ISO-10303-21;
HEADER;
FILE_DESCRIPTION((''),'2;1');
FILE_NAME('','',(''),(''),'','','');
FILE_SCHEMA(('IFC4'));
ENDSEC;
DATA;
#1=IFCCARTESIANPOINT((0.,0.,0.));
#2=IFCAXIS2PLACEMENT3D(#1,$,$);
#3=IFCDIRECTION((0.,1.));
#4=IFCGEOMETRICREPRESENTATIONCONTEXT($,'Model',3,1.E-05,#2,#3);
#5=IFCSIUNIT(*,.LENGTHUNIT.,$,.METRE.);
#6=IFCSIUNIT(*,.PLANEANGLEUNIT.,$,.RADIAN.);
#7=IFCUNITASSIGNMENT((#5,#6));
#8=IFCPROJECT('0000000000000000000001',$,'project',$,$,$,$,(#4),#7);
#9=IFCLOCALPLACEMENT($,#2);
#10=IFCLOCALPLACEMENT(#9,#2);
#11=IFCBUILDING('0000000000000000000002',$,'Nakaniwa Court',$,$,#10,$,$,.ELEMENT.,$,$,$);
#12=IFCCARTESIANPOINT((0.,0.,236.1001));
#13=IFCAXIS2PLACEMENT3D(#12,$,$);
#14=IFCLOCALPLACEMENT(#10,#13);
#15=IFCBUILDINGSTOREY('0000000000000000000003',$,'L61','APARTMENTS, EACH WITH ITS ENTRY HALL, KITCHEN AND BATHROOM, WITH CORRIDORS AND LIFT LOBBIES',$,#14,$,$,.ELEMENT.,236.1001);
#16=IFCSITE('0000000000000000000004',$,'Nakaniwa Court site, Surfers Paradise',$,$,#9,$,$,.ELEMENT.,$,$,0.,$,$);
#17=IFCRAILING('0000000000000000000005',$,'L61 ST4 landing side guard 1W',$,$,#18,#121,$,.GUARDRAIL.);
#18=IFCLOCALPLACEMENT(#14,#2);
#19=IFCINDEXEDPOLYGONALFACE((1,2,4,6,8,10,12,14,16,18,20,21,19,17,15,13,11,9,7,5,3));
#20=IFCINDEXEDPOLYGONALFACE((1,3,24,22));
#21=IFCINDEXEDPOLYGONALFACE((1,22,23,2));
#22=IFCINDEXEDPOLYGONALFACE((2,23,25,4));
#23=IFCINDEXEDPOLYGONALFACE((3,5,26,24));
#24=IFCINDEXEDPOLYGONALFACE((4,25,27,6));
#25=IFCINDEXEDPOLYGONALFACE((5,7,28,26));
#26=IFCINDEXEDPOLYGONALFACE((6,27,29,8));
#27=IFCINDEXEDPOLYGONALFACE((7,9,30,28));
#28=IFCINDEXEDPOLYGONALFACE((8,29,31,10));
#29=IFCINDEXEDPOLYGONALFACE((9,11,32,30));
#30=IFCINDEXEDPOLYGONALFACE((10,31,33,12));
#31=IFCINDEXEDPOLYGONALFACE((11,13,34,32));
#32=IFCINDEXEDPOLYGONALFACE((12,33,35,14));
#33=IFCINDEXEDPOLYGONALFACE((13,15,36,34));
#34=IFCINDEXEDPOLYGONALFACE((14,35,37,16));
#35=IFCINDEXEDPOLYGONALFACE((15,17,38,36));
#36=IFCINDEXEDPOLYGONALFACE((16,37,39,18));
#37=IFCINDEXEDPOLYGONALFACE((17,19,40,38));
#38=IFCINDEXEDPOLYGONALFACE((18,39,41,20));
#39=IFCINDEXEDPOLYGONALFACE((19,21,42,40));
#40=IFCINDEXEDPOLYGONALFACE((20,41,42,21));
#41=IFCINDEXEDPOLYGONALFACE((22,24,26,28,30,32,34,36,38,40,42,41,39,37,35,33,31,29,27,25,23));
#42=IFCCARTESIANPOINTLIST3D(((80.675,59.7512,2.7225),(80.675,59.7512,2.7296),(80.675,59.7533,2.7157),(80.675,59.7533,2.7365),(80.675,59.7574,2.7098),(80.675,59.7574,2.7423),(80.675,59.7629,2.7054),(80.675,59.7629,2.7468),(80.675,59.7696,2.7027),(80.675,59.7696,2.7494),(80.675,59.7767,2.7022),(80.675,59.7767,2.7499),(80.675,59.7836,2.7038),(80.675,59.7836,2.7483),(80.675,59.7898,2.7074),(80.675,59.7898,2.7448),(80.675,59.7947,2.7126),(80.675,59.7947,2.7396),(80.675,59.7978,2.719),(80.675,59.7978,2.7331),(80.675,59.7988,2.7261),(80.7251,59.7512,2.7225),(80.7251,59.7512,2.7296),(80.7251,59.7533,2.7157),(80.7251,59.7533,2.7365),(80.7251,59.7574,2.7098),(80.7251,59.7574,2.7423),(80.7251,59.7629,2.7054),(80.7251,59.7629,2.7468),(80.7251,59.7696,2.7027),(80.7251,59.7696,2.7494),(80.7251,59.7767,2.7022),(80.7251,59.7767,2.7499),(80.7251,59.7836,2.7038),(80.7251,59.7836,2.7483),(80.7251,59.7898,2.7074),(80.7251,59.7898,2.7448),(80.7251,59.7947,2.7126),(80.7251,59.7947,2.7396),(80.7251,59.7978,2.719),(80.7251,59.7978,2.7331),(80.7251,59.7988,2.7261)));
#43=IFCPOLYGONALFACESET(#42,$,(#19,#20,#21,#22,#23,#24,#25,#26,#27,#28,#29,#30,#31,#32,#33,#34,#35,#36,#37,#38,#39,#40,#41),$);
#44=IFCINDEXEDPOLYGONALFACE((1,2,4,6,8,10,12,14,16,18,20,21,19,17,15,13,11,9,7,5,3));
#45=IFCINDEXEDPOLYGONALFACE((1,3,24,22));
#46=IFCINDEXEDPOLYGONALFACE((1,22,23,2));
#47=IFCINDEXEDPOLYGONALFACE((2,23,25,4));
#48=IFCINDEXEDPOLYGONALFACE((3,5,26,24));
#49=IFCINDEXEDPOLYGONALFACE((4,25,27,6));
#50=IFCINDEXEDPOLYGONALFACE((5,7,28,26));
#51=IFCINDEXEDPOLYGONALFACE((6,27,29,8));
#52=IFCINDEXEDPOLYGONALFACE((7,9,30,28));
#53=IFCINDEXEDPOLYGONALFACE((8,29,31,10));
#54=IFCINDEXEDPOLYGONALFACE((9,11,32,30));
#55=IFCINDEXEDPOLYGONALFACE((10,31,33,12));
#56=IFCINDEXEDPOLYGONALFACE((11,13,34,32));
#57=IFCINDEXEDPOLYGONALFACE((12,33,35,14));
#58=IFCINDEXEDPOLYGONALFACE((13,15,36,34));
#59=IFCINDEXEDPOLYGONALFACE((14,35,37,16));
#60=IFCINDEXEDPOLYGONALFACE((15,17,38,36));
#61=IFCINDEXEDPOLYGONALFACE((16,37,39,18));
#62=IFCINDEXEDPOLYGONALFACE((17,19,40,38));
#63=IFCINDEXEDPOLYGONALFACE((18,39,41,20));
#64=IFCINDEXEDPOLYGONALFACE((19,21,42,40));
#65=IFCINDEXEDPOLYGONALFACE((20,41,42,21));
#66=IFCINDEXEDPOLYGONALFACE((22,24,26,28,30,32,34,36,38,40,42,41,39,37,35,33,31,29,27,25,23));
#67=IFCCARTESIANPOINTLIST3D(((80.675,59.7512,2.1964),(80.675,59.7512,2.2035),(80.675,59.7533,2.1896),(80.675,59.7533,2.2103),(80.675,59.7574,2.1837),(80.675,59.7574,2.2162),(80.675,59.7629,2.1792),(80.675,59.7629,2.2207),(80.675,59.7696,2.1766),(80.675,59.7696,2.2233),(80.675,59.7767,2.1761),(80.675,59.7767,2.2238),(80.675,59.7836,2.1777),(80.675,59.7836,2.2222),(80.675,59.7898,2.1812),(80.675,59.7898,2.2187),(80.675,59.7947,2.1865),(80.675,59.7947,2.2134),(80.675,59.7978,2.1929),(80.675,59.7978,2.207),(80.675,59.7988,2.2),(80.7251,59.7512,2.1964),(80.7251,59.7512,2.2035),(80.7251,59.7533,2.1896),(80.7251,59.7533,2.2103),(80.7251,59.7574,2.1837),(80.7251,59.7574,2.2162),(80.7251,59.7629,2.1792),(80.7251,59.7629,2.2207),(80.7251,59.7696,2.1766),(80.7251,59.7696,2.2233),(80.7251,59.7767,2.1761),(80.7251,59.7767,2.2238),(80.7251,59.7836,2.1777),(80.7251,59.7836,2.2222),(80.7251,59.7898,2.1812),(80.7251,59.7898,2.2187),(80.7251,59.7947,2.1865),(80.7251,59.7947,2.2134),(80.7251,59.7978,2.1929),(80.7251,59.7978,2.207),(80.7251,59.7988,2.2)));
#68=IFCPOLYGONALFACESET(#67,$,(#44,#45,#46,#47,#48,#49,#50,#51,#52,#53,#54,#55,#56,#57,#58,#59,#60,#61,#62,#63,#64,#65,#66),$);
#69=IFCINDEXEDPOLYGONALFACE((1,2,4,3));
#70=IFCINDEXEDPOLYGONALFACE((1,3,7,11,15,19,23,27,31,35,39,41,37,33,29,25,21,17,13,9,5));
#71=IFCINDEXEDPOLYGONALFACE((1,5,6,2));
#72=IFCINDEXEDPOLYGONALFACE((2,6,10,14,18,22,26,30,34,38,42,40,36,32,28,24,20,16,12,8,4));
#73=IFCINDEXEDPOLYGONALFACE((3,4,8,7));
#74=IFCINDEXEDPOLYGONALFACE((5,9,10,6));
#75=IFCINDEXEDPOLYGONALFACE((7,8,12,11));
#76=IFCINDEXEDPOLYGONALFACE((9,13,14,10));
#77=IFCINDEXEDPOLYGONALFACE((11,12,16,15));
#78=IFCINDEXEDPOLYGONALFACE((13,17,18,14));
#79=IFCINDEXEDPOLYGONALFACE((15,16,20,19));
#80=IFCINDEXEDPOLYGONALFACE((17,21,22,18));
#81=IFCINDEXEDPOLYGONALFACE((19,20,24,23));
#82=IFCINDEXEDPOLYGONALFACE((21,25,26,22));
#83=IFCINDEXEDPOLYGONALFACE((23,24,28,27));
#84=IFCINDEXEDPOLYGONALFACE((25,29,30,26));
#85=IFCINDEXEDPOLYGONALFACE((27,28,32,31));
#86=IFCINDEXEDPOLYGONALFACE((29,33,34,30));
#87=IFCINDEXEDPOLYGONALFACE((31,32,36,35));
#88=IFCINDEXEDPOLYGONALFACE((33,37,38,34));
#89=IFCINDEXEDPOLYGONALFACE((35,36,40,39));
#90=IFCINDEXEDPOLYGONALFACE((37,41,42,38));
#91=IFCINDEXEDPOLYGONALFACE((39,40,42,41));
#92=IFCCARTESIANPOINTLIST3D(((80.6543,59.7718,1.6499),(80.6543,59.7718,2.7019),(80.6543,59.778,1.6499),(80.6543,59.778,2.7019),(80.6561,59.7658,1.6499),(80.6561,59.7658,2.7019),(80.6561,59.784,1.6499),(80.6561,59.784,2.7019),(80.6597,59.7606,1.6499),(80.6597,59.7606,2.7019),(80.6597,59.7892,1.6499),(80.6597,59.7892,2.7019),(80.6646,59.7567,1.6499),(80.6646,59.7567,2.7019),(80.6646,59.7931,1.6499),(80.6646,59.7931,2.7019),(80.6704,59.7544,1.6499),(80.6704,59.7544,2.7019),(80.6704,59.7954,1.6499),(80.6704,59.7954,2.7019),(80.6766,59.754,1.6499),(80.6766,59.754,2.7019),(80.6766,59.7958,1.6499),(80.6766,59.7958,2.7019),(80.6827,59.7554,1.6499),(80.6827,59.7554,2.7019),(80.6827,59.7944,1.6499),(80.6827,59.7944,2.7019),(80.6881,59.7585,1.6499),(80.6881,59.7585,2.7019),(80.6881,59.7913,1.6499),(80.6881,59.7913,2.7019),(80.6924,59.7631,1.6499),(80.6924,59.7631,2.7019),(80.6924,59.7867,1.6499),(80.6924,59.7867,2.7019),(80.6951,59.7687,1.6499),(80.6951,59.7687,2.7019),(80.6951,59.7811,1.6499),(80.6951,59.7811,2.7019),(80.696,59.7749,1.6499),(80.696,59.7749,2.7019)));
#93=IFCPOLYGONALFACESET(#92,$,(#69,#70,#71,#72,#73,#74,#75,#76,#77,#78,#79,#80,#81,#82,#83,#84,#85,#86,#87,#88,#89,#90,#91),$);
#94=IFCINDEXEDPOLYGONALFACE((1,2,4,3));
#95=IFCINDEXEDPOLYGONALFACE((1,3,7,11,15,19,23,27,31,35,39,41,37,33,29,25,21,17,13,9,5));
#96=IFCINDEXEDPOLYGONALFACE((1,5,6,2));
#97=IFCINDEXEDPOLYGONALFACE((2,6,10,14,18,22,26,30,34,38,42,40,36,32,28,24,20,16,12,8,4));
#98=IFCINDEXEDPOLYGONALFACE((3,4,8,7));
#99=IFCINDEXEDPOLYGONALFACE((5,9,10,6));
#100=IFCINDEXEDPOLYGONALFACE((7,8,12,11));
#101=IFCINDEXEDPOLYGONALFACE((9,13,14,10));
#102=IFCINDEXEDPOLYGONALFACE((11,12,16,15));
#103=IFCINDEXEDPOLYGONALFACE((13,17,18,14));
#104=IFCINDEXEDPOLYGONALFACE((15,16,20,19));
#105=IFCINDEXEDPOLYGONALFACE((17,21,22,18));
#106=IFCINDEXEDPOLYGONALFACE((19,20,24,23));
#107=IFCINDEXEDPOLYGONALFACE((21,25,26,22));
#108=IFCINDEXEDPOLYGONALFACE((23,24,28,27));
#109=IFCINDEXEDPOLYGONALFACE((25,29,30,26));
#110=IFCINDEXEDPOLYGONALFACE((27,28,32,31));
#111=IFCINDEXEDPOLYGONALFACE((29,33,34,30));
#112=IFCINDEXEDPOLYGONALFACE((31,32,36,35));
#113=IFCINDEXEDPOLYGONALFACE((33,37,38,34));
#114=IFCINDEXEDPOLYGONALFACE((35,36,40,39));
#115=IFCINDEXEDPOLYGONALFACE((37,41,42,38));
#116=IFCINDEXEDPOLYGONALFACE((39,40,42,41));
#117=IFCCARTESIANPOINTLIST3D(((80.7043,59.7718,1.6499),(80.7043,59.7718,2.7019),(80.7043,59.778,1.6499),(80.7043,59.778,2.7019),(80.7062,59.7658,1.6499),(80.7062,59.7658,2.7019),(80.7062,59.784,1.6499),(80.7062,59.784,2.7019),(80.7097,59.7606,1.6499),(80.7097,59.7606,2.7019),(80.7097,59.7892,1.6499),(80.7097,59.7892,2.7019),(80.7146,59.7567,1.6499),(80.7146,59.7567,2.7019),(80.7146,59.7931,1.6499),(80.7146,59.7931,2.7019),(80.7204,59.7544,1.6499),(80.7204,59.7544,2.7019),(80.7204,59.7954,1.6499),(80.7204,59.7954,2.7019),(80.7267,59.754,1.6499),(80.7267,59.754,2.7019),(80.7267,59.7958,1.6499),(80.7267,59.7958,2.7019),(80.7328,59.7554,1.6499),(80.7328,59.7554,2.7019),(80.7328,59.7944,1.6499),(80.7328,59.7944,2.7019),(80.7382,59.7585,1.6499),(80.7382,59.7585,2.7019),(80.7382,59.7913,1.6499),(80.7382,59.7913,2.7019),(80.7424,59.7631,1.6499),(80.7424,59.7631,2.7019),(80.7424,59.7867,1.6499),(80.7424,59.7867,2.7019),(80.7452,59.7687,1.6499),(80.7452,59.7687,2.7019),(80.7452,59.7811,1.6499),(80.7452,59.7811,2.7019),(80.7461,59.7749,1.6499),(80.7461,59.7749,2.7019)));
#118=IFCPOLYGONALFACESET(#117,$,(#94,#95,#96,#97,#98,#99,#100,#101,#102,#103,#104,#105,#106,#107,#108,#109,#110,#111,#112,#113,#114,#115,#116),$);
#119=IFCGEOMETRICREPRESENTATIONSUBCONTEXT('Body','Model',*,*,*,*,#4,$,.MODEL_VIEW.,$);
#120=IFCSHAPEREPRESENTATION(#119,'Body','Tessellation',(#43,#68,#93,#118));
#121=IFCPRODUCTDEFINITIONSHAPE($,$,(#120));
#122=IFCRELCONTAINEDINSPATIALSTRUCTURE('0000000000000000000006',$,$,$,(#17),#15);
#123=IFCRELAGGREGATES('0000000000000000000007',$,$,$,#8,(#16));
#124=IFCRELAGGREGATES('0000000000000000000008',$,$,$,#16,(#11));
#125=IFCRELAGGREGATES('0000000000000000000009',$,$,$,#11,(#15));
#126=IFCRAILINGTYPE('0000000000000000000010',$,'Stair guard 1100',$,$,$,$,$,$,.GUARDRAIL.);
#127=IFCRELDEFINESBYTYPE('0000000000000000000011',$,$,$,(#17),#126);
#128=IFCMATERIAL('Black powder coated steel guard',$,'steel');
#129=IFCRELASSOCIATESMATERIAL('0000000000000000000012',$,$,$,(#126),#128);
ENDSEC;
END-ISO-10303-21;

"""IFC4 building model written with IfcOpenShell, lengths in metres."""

from ifc_helpers import new_model, si_unit, direction, frame, origin, origin_2d, place, context, subcontext, project, spatial, circle, extrude, material, type_object, element, save


model = new_model("IFC4")

# Units and contexts
model_context = context("Model", 3, precision=1e-05, world=origin(), true_north=direction((0.0, 1.0)))
body_context = subcontext(model_context, "Body", "Model", "MODEL_VIEW")
ifc_project = project(units=[si_unit("LENGTHUNIT", "METRE"), si_unit("PLANEANGLEUNIT", "RADIAN")], contexts=[model_context])

# Site, building, storey
site_placement = place(None, origin())
site = spatial("IfcSite", under=ifc_project, at=site_placement, Name="Nakaniwa Court site, Surfers Paradise", CompositionType="ELEMENT", RefElevation=0.0)
building_placement = place(site_placement, origin())
building = spatial("IfcBuilding", under=site, at=building_placement, Name="Nakaniwa Court", CompositionType="ELEMENT")
storey_placement = place(building_placement, frame((0.0, 0.0, 236.1001)))
storey = spatial("IfcBuildingStorey", under=building, at=storey_placement, Name="L61", Description="APARTMENTS, EACH WITH ITS ENTRY HALL, KITCHEN AND BATHROOM, WITH CORRIDORS AND LIFT LOBBIES", CompositionType="ELEMENT", Elevation=236.1001)

# Railing
ifc_material_1 = material(Name="Black powder coated steel guard", Category="steel")
railing_type_1 = type_object("IfcRailingType", Name="Stair guard 1100", PredefinedType="GUARDRAIL", material=ifc_material_1)
for number, where, name in (
    (1, (80.675, 59.7749, 1.6499), "L61 ST4 landing side guard 1W"),
):
    element("IfcRailing", number, at=place(storey_placement, frame(where)), inside=storey, type_object=railing_type_1, Name=name, PredefinedType="GUARDRAIL", context=body_context, shape_type="SweptSolid", body=[
        extrude(circle(Radius=0.0239, at=origin_2d()), frame((0.0, 0.0, 1.0762), z_axis=(1.0, 0.0, 0.0), x_axis=(0.0, 1.0, 0.0)), (0.0, 0.0, 1.0), 0.05),
        extrude(circle(Radius=0.0239, at=origin_2d()), frame((0.0, 0.0, 0.55), z_axis=(1.0, 0.0, 0.0), x_axis=(0.0, 1.0, 0.0)), (0.0, 0.0, 1.0), 0.05),
        extrude(circle(Radius=0.021, at=origin_2d()), origin(), (0.0, 0.0, 1.0), 1.052),
        extrude(circle(Radius=0.021, at=origin_2d()), frame((0.05, 0.0, 0.0)), (0.0, 0.0, 1.0), 1.052),
    ])

save(model, "model.ifc")
